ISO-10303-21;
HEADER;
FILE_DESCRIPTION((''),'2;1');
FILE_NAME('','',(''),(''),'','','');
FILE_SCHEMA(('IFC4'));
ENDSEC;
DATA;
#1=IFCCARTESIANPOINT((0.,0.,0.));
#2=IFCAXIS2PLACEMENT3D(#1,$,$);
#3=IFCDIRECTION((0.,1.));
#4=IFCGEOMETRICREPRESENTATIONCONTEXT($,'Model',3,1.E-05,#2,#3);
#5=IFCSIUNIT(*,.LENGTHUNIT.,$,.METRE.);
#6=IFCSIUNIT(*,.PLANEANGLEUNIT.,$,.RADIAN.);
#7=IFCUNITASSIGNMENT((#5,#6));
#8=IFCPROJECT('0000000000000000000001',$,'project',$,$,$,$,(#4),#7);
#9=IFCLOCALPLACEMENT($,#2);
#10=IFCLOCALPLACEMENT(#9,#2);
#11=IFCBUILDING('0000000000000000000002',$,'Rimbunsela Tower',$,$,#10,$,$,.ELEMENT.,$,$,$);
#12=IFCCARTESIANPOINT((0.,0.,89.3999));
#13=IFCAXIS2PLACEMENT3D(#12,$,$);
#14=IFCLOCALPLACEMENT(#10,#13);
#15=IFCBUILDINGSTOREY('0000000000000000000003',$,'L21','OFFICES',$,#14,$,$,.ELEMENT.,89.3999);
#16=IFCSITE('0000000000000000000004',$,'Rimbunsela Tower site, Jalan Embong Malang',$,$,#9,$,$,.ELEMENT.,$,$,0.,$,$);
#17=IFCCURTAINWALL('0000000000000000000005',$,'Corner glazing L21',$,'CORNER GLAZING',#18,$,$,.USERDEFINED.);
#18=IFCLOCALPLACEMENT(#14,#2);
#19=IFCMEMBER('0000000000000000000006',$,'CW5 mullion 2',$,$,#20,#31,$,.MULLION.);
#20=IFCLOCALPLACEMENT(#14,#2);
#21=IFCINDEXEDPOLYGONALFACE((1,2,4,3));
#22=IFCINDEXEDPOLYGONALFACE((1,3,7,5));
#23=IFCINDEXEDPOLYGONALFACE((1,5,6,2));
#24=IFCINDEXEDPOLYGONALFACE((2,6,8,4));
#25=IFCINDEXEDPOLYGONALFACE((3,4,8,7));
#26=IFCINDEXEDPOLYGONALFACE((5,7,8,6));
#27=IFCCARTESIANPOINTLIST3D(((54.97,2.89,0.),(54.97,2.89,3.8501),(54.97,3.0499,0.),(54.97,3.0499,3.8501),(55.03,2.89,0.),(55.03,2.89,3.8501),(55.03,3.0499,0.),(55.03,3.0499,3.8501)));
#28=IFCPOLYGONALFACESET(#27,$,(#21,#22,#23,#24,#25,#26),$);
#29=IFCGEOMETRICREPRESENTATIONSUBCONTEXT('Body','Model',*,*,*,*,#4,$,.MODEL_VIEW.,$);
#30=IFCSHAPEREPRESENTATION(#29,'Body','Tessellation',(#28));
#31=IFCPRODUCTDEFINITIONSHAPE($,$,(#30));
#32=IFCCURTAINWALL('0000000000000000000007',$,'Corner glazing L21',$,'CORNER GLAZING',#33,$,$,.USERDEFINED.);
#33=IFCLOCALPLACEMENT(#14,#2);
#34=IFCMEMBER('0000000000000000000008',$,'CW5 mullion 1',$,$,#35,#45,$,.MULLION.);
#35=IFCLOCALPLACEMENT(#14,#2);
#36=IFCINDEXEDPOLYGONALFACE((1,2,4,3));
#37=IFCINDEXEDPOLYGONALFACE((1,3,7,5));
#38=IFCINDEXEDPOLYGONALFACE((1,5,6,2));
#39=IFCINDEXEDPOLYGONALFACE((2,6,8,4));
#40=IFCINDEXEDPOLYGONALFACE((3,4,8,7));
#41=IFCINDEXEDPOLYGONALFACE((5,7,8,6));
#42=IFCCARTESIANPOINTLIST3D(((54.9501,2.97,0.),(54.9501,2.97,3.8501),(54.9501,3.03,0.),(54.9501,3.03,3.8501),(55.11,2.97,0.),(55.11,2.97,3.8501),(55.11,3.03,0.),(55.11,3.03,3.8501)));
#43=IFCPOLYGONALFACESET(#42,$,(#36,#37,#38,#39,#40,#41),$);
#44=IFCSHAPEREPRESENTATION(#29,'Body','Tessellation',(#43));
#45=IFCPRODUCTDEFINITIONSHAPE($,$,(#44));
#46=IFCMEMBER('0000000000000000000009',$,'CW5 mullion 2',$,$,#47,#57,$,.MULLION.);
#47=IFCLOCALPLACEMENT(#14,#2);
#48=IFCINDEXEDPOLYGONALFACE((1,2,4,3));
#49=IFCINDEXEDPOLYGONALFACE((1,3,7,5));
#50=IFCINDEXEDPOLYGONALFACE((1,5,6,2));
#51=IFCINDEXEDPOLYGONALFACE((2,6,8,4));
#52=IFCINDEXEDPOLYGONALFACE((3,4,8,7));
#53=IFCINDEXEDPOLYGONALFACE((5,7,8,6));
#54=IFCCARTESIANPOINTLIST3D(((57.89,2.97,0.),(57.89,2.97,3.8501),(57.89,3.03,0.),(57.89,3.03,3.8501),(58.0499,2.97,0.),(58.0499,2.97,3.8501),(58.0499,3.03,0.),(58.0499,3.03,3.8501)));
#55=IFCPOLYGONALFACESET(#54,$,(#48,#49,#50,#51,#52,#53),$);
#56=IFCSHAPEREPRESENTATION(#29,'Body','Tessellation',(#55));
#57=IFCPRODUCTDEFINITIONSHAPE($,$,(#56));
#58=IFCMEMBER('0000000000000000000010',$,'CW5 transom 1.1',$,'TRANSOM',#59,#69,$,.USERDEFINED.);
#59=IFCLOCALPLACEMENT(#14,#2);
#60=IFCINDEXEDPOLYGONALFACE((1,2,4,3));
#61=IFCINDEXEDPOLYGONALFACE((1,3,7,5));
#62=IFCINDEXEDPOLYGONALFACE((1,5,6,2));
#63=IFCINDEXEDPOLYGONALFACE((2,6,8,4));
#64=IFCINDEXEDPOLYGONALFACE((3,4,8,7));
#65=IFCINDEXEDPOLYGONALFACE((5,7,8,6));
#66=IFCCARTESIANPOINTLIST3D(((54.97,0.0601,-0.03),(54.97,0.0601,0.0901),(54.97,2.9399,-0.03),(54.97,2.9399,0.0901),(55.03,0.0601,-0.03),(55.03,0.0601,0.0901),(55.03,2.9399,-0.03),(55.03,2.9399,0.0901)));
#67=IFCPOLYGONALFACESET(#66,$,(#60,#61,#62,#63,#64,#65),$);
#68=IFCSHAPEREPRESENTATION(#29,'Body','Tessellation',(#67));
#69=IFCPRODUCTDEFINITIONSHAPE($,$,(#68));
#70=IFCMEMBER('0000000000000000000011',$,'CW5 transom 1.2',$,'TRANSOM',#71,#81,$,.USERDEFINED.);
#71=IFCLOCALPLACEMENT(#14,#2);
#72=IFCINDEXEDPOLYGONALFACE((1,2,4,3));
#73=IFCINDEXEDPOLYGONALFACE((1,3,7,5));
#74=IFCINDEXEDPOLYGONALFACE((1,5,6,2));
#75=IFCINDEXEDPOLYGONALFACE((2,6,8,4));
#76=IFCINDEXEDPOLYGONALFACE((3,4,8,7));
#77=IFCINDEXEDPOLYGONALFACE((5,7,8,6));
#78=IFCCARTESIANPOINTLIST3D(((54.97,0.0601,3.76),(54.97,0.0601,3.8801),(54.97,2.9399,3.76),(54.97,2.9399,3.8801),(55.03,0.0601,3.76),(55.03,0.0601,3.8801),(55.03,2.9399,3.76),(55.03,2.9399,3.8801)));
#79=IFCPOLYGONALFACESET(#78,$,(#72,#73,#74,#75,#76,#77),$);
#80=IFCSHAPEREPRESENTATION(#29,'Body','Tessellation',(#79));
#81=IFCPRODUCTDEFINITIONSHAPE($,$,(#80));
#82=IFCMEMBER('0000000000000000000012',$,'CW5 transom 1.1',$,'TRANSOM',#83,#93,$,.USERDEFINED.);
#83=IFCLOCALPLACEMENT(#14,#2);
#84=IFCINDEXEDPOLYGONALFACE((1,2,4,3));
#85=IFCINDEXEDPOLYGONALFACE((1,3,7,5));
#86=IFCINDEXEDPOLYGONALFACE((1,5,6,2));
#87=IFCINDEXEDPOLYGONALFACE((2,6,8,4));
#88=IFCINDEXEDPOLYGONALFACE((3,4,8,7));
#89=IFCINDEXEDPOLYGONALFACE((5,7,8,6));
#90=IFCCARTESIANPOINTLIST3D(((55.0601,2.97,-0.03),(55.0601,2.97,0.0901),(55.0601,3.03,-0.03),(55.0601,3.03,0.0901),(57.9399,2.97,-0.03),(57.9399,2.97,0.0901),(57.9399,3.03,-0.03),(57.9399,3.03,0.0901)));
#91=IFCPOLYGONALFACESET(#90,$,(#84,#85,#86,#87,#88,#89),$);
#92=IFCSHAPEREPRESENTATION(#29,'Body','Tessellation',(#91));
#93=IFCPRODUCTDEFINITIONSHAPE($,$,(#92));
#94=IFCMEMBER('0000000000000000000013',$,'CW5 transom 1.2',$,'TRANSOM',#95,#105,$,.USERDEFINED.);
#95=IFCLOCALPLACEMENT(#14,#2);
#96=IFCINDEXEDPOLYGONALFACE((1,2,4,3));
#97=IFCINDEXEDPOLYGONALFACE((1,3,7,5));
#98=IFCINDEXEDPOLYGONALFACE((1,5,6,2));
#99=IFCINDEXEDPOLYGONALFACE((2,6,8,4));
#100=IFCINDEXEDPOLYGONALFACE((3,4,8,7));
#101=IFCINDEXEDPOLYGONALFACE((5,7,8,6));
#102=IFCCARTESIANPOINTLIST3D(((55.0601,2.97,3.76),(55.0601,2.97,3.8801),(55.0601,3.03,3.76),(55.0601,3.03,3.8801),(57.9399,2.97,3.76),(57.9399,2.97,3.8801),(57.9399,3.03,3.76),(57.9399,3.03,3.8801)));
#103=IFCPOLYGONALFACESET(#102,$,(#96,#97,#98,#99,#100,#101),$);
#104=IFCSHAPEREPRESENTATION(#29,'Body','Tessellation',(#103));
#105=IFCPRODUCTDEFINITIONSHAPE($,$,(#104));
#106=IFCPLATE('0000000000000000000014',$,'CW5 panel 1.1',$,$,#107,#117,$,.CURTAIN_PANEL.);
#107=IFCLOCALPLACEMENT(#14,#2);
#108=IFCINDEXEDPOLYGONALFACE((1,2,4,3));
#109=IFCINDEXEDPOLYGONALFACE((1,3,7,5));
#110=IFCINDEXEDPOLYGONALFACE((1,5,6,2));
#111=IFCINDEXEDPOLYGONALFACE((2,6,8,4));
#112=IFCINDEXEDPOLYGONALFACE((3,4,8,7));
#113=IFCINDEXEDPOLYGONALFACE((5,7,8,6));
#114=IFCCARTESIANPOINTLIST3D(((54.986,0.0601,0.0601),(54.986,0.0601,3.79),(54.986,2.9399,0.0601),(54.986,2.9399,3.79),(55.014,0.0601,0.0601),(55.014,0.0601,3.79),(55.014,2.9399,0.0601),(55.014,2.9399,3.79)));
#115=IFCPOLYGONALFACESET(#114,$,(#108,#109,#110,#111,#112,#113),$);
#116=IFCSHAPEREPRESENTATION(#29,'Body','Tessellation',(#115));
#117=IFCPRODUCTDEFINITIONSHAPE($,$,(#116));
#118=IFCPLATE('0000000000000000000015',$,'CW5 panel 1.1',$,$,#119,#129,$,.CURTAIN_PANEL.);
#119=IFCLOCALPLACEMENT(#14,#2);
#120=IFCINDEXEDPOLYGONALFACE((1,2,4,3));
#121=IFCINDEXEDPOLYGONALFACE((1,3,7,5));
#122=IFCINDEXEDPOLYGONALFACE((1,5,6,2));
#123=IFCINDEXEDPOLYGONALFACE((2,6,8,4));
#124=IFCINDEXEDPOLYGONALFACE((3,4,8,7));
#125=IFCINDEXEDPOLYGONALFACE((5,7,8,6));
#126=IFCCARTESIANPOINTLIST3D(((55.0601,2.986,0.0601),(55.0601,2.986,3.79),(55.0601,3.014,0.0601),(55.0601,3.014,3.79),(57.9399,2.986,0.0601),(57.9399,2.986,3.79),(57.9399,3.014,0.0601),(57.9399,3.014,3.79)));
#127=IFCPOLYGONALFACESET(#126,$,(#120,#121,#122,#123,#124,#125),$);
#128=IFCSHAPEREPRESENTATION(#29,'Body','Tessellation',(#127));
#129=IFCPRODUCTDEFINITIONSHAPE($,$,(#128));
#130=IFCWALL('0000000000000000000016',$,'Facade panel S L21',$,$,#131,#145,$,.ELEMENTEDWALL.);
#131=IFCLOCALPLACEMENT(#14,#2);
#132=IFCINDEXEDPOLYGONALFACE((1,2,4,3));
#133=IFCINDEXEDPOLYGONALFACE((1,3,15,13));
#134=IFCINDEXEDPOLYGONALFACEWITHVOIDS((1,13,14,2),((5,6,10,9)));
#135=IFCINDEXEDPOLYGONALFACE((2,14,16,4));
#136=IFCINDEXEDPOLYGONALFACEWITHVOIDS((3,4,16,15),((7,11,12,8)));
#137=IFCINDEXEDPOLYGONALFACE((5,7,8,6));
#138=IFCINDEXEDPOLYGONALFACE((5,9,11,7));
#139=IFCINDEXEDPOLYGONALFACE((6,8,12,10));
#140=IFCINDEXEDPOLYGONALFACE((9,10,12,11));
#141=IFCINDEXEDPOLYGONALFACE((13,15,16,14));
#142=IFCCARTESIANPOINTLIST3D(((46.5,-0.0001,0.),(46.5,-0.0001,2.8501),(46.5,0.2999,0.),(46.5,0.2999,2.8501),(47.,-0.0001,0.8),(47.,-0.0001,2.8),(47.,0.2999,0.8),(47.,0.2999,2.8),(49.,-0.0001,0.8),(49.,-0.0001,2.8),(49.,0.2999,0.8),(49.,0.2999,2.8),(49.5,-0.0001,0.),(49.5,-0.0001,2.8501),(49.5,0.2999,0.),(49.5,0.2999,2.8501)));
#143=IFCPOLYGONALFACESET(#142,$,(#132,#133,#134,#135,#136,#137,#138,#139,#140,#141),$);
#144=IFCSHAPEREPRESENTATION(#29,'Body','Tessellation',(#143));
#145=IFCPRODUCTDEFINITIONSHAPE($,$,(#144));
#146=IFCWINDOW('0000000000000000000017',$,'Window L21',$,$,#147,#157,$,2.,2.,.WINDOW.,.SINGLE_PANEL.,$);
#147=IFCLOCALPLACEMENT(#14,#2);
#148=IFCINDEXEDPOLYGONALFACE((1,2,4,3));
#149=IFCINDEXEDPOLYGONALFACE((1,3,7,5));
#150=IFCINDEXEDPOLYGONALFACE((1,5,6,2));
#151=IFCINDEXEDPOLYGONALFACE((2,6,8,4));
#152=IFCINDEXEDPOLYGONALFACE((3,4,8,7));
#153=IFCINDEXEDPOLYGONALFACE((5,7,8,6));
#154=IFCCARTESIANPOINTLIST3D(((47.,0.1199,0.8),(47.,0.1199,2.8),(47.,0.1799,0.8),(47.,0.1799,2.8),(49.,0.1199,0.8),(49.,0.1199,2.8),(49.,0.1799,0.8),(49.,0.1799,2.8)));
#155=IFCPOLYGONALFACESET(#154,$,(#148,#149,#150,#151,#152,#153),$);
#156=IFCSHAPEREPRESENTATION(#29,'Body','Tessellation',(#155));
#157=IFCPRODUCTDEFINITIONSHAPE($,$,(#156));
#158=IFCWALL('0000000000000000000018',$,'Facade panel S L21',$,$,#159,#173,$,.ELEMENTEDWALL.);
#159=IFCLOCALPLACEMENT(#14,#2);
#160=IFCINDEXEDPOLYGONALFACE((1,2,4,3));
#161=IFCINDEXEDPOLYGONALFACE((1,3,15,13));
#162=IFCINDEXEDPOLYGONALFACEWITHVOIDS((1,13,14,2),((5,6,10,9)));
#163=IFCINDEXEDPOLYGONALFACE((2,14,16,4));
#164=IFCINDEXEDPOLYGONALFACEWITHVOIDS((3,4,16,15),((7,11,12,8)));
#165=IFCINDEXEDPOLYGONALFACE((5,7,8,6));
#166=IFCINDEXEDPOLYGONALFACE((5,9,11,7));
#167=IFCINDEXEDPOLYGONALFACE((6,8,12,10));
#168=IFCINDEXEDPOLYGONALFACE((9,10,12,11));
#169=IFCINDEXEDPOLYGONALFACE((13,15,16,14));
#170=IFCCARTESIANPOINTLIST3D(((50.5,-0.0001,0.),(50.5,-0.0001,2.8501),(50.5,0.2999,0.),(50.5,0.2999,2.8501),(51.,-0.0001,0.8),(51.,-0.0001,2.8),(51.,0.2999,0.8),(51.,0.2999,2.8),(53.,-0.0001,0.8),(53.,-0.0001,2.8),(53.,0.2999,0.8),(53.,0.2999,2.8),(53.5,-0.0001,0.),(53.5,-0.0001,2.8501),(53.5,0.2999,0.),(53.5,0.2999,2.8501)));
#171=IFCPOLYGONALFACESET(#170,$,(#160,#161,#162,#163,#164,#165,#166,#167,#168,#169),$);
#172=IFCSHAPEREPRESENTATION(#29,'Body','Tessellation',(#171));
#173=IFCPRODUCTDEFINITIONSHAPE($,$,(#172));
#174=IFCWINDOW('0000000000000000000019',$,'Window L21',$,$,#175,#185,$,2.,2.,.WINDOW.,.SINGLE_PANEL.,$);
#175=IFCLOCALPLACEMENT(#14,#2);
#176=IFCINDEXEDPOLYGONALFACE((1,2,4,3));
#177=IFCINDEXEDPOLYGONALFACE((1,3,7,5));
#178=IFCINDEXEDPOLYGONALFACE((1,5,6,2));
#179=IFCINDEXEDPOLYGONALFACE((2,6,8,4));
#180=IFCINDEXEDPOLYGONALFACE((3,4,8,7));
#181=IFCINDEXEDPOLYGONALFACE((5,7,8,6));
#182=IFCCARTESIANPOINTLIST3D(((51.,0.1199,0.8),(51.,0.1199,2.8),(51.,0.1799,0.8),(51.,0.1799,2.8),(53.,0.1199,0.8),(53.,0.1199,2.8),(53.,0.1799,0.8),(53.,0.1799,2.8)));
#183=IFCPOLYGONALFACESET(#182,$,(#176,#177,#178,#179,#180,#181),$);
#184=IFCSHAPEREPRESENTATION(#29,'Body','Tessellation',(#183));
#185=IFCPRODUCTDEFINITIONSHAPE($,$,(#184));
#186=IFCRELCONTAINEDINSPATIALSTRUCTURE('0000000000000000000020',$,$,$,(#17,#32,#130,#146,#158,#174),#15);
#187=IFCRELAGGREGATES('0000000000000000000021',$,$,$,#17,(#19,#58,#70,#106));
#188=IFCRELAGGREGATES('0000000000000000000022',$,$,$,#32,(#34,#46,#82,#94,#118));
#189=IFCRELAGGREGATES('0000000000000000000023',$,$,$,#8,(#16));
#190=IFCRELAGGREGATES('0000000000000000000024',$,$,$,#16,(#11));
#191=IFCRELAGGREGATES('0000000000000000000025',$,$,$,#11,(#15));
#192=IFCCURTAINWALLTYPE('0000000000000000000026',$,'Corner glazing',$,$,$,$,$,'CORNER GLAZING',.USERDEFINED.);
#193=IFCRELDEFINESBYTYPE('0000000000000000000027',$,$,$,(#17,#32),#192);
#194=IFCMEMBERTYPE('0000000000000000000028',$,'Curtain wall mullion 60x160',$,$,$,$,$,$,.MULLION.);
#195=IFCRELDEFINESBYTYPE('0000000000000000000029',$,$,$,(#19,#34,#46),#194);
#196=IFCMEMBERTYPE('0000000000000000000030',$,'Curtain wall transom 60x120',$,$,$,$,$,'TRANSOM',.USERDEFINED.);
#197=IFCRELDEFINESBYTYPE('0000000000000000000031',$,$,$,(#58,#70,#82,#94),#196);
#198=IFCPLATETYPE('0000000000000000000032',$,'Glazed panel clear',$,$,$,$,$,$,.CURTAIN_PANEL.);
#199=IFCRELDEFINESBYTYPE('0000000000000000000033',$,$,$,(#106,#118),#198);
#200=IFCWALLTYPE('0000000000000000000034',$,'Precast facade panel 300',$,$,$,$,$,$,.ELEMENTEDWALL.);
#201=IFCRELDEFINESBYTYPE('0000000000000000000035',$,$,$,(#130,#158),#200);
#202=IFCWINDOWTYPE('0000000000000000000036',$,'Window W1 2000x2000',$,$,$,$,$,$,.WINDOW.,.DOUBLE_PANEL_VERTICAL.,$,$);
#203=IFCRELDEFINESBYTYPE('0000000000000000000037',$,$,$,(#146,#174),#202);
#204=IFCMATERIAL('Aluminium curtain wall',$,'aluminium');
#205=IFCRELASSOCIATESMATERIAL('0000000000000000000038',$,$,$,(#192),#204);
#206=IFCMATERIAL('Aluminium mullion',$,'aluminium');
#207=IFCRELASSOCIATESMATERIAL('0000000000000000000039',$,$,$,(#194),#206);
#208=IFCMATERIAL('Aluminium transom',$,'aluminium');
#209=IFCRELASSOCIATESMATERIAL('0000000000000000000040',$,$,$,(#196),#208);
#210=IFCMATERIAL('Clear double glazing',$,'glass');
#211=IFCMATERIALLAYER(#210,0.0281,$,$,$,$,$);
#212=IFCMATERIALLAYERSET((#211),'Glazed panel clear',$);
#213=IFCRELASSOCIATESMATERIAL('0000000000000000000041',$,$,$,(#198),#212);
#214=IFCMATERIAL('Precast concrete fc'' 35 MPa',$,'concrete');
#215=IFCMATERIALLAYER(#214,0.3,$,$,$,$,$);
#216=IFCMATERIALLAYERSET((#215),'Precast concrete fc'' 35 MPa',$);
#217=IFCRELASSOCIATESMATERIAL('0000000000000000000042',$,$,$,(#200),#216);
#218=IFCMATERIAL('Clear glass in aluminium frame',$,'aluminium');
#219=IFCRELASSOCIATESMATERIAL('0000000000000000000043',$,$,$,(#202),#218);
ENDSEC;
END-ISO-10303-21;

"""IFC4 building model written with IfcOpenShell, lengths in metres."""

from ifc_helpers import new_model, si_unit, direction, frame, frame_2d, origin, origin_2d, place, context, subcontext, project, spatial, rectangle, extrude, material, layer, layer_set, material_profile, profile_set, type_object, element, fill, aggregate, save


model = new_model("IFC4")

# Units and contexts
model_context = context("Model", 3, precision=1e-05, world=origin(), true_north=direction((0.0, 1.0)))
body_context = subcontext(model_context, "Body", "Model", "MODEL_VIEW")
ifc_project = project(units=[si_unit("LENGTHUNIT", "METRE"), si_unit("PLANEANGLEUNIT", "RADIAN")], contexts=[model_context])

# Site, building, storey
site_placement = place(None, origin())
site = spatial("IfcSite", under=ifc_project, at=site_placement, Name="Rimbunsela Tower site, Jalan Embong Malang", CompositionType="ELEMENT", RefElevation=0.0)
building_placement = place(site_placement, origin())
building = spatial("IfcBuilding", under=site, at=building_placement, Name="Rimbunsela Tower", CompositionType="ELEMENT")
storey_placement = place(building_placement, frame((0.0, 0.0, 89.3999)))
storey = spatial("IfcBuildingStorey", under=building, at=storey_placement, Name="L21", Description="OFFICES", CompositionType="ELEMENT", Elevation=89.3999)

# Curtain walls, members
ifc_material_1 = material(Name="Aluminium curtain wall", Category="aluminium")
curtain_wall_type = type_object("IfcCurtainWallType", Name="Corner glazing", ElementType="CORNER GLAZING", PredefinedType="USERDEFINED", material=ifc_material_1)
curtain_wall_1_placement = place(storey_placement, origin())
curtain_wall_1 = element("IfcCurtainWall", 1, at=curtain_wall_1_placement, inside=storey, type_object=curtain_wall_type, Name="Corner glazing L21", ObjectType="CORNER GLAZING", PredefinedType="USERDEFINED")
ifc_material_2 = material(Name="Aluminium mullion", Category="aluminium")
ifc_material_profile_1 = material_profile(ifc_material_2, rectangle(XDim=0.0601, YDim=0.1599, at=origin_2d()), Name="Mullion 60x160")
ifc_profile_set_1 = profile_set([ifc_material_profile_1], Name="Aluminium mullion")
member_type_1 = type_object("IfcMemberType", Name="Curtain wall mullion 60x160", PredefinedType="MULLION", material=ifc_profile_set_1)
member_1_placement = place(storey_placement, frame((55.0, 2.97, 0.0), z_axis=(0.0, 0.0, 1.0), x_axis=(-1.0, 0.0, 0.0)))
member_1 = element("IfcMember", 2, at=member_1_placement, type_object=member_type_1, Name="CW5 mullion 2", PredefinedType="MULLION", context=body_context, shape_type="SweptSolid", body=[
    extrude(rectangle(XDim=0.0601, YDim=0.1599, at=origin_2d()), origin(), (0.0, 0.0, 1.0), 3.8501),
])
curtain_wall_2_placement = place(storey_placement, origin())
curtain_wall_2 = element("IfcCurtainWall", 3, at=curtain_wall_2_placement, inside=storey, type_object=curtain_wall_type, Name="Corner glazing L21", ObjectType="CORNER GLAZING", PredefinedType="USERDEFINED")
member_2_placement = place(storey_placement, frame((55.03, 3.0, 0.0), z_axis=(0.0, 0.0, 1.0), x_axis=(0.0, 1.0, 0.0)))
member_2 = element("IfcMember", 4, at=member_2_placement, type_object=member_type_1, Name="CW5 mullion 1", PredefinedType="MULLION", context=body_context, shape_type="SweptSolid", body=[
    extrude(rectangle(XDim=0.0601, YDim=0.1599, at=origin_2d()), origin(), (0.0, 0.0, 1.0), 3.8501),
])
member_3_placement = place(storey_placement, frame((57.97, 3.0, 0.0), z_axis=(0.0, 0.0, 1.0), x_axis=(0.0, 1.0, 0.0)))
member_3 = element("IfcMember", 5, at=member_3_placement, type_object=member_type_1, Name="CW5 mullion 2", PredefinedType="MULLION", context=body_context, shape_type="SweptSolid", body=[
    extrude(rectangle(XDim=0.0601, YDim=0.1599, at=origin_2d()), origin(), (0.0, 0.0, 1.0), 3.8501),
])

# Members
ifc_material_3 = material(Name="Aluminium transom", Category="aluminium")
ifc_material_profile_2 = material_profile(ifc_material_3, rectangle(XDim=0.0601, YDim=0.1201, at=origin_2d()), Name="Transom 60x120")
ifc_profile_set_2 = profile_set([ifc_material_profile_2], Name="Aluminium transom")
member_type_2 = type_object("IfcMemberType", Name="Curtain wall transom 60x120", ElementType="TRANSOM", PredefinedType="USERDEFINED", material=ifc_profile_set_2)
member_4_placement = place(storey_placement, frame((55.0, 0.0601, 0.03), z_axis=(0.0, 1.0, 0.0), x_axis=(-1.0, 0.0, 0.0)))
member_4 = element("IfcMember", 6, at=member_4_placement, type_object=member_type_2, Name="CW5 transom 1.1", ObjectType="TRANSOM", PredefinedType="USERDEFINED", context=body_context, shape_type="SweptSolid", body=[
    extrude(rectangle(XDim=0.0601, YDim=0.1201, at=origin_2d()), origin(), (0.0, 0.0, 1.0), 2.8799),
])
member_5_placement = place(storey_placement, frame((55.0, 0.0601, 3.8201), z_axis=(0.0, 1.0, 0.0), x_axis=(-1.0, 0.0, 0.0)))
member_5 = element("IfcMember", 7, at=member_5_placement, type_object=member_type_2, Name="CW5 transom 1.2", ObjectType="TRANSOM", PredefinedType="USERDEFINED", context=body_context, shape_type="SweptSolid", body=[
    extrude(rectangle(XDim=0.0601, YDim=0.1201, at=origin_2d()), origin(), (0.0, 0.0, 1.0), 2.8799),
])
member_6_placement = place(storey_placement, frame((55.0601, 3.0, 0.03), z_axis=(1.0, 0.0, 0.0), x_axis=(0.0, 1.0, 0.0)))
member_6 = element("IfcMember", 8, at=member_6_placement, type_object=member_type_2, Name="CW5 transom 1.1", ObjectType="TRANSOM", PredefinedType="USERDEFINED", context=body_context, shape_type="SweptSolid", body=[
    extrude(rectangle(XDim=0.0601, YDim=0.1201, at=origin_2d()), origin(), (0.0, 0.0, 1.0), 2.8799),
])
member_7_placement = place(storey_placement, frame((55.0601, 3.0, 3.8201), z_axis=(1.0, 0.0, 0.0), x_axis=(0.0, 1.0, 0.0)))
member_7 = element("IfcMember", 9, at=member_7_placement, type_object=member_type_2, Name="CW5 transom 1.2", ObjectType="TRANSOM", PredefinedType="USERDEFINED", context=body_context, shape_type="SweptSolid", body=[
    extrude(rectangle(XDim=0.0601, YDim=0.1201, at=origin_2d()), origin(), (0.0, 0.0, 1.0), 2.8799),
])

# Plates
ifc_material_4 = material(Name="Clear double glazing", Category="glass")
ifc_layer_1 = layer(ifc_material_4, 0.0281)
ifc_layer_set_1 = layer_set([ifc_layer_1], Name="Glazed panel clear")
plate_type = type_object("IfcPlateType", Name="Glazed panel clear", PredefinedType="CURTAIN_PANEL", material=ifc_layer_set_1)
plate_1_placement = place(storey_placement, frame((55.0, 1.5, 0.0601), z_axis=(0.0, 0.0, 1.0), x_axis=(0.0, 1.0, 0.0)))
plate_1 = element("IfcPlate", 10, at=plate_1_placement, type_object=plate_type, Name="CW5 panel 1.1", PredefinedType="CURTAIN_PANEL", context=body_context, shape_type="SweptSolid", body=[
    extrude(rectangle(XDim=2.8799, YDim=0.0281, at=origin_2d()), origin(), (0.0, 0.0, 1.0), 3.73),
])
aggregate(curtain_wall_1, [member_1, member_4, member_5, plate_1])
plate_2_placement = place(storey_placement, frame((56.5, 3.0, 0.0601), z_axis=(0.0, 0.0, 1.0), x_axis=(1.0, 0.0, 0.0)))
plate_2 = element("IfcPlate", 11, at=plate_2_placement, type_object=plate_type, Name="CW5 panel 1.1", PredefinedType="CURTAIN_PANEL", context=body_context, shape_type="SweptSolid", body=[
    extrude(rectangle(XDim=2.8799, YDim=0.0281, at=origin_2d()), origin(), (0.0, 0.0, 1.0), 3.73),
])
aggregate(curtain_wall_2, [member_2, member_3, member_6, member_7, plate_2])

# Walls, openings, windows
ifc_material_5 = material(Name="Precast concrete fc' 35 MPa", Category="concrete")
ifc_layer_2 = layer(ifc_material_5, 0.3)
ifc_layer_set_2 = layer_set([ifc_layer_2], Name="Precast concrete fc' 35 MPa")
wall_type = type_object("IfcWallType", Name="Precast facade panel 300", PredefinedType="ELEMENTEDWALL", material=ifc_layer_set_2)
wall_1_placement = place(storey_placement, frame((46.5, 0.1499, 0.0), z_axis=(0.0, 0.0, 1.0), x_axis=(1.0, 0.0, 0.0)))
wall_1 = element("IfcWall", 12, at=wall_1_placement, inside=storey, type_object=wall_type, Name="Facade panel S L21", PredefinedType="ELEMENTEDWALL", context=body_context, shape_type="SweptSolid", body=[
    extrude(rectangle(XDim=3.0, YDim=0.3, at=frame_2d((1.5, 0.0))), origin(), (0.0, 0.0, 1.0), 2.8501),
])
opening_1_placement = place(wall_1_placement, frame((0.5, 0.0, 0.8)))
opening_1 = element("IfcOpeningElement", 13, at=opening_1_placement, cuts=wall_1, PredefinedType="OPENING", context=body_context, shape_type="SweptSolid", body=[
    extrude(rectangle(XDim=2.0, YDim=2.0, at=frame_2d((1.0, 1.0))), frame((0.0, 0.1599, 0.0), z_axis=(0.0, -1.0, 0.0), x_axis=(1.0, 0.0, 0.0)), (0.0, 0.0, 1.0), 0.3201),
])
ifc_material_6 = material(Name="Clear glass in aluminium frame", Category="aluminium")
window_type = type_object("IfcWindowType", Name="Window W1 2000x2000", PartitioningType="DOUBLE_PANEL_VERTICAL", PredefinedType="WINDOW", material=ifc_material_6)
window_1_placement = place(opening_1_placement, origin())
window_1 = element("IfcWindow", 14, at=window_1_placement, inside=storey, type_object=window_type, Name="Window L21", OverallHeight=2.0, OverallWidth=2.0, PartitioningType="SINGLE_PANEL", PredefinedType="WINDOW", context=body_context, shape_type="SweptSolid", body=[
    extrude(rectangle(XDim=2.0, YDim=2.0, at=frame_2d((1.0, 1.0))), frame((0.0, 0.03, 0.0), z_axis=(0.0, -1.0, 0.0), x_axis=(1.0, 0.0, 0.0)), (0.0, 0.0, 1.0), 0.0601),
])
fill(opening_1, window_1)
wall_2_placement = place(storey_placement, frame((50.5, 0.1499, 0.0), z_axis=(0.0, 0.0, 1.0), x_axis=(1.0, 0.0, 0.0)))
wall_2 = element("IfcWall", 15, at=wall_2_placement, inside=storey, type_object=wall_type, Name="Facade panel S L21", PredefinedType="ELEMENTEDWALL", context=body_context, shape_type="SweptSolid", body=[
    extrude(rectangle(XDim=3.0, YDim=0.3, at=frame_2d((1.5, 0.0))), origin(), (0.0, 0.0, 1.0), 2.8501),
])
opening_2_placement = place(wall_2_placement, frame((0.5, 0.0, 0.8)))
opening_2 = element("IfcOpeningElement", 16, at=opening_2_placement, cuts=wall_2, PredefinedType="OPENING", context=body_context, shape_type="SweptSolid", body=[
    extrude(rectangle(XDim=2.0, YDim=2.0, at=frame_2d((1.0, 1.0))), frame((0.0, 0.1599, 0.0), z_axis=(0.0, -1.0, 0.0), x_axis=(1.0, 0.0, 0.0)), (0.0, 0.0, 1.0), 0.3201),
])
window_2_placement = place(opening_2_placement, origin())
window_2 = element("IfcWindow", 17, at=window_2_placement, inside=storey, type_object=window_type, Name="Window L21", OverallHeight=2.0, OverallWidth=2.0, PartitioningType="SINGLE_PANEL", PredefinedType="WINDOW", context=body_context, shape_type="SweptSolid", body=[
    extrude(rectangle(XDim=2.0, YDim=2.0, at=frame_2d((1.0, 1.0))), frame((0.0, 0.03, 0.0), z_axis=(0.0, -1.0, 0.0), x_axis=(1.0, 0.0, 0.0)), (0.0, 0.0, 1.0), 0.0601),
])
fill(opening_2, window_2)

save(model, "model.ifc")
